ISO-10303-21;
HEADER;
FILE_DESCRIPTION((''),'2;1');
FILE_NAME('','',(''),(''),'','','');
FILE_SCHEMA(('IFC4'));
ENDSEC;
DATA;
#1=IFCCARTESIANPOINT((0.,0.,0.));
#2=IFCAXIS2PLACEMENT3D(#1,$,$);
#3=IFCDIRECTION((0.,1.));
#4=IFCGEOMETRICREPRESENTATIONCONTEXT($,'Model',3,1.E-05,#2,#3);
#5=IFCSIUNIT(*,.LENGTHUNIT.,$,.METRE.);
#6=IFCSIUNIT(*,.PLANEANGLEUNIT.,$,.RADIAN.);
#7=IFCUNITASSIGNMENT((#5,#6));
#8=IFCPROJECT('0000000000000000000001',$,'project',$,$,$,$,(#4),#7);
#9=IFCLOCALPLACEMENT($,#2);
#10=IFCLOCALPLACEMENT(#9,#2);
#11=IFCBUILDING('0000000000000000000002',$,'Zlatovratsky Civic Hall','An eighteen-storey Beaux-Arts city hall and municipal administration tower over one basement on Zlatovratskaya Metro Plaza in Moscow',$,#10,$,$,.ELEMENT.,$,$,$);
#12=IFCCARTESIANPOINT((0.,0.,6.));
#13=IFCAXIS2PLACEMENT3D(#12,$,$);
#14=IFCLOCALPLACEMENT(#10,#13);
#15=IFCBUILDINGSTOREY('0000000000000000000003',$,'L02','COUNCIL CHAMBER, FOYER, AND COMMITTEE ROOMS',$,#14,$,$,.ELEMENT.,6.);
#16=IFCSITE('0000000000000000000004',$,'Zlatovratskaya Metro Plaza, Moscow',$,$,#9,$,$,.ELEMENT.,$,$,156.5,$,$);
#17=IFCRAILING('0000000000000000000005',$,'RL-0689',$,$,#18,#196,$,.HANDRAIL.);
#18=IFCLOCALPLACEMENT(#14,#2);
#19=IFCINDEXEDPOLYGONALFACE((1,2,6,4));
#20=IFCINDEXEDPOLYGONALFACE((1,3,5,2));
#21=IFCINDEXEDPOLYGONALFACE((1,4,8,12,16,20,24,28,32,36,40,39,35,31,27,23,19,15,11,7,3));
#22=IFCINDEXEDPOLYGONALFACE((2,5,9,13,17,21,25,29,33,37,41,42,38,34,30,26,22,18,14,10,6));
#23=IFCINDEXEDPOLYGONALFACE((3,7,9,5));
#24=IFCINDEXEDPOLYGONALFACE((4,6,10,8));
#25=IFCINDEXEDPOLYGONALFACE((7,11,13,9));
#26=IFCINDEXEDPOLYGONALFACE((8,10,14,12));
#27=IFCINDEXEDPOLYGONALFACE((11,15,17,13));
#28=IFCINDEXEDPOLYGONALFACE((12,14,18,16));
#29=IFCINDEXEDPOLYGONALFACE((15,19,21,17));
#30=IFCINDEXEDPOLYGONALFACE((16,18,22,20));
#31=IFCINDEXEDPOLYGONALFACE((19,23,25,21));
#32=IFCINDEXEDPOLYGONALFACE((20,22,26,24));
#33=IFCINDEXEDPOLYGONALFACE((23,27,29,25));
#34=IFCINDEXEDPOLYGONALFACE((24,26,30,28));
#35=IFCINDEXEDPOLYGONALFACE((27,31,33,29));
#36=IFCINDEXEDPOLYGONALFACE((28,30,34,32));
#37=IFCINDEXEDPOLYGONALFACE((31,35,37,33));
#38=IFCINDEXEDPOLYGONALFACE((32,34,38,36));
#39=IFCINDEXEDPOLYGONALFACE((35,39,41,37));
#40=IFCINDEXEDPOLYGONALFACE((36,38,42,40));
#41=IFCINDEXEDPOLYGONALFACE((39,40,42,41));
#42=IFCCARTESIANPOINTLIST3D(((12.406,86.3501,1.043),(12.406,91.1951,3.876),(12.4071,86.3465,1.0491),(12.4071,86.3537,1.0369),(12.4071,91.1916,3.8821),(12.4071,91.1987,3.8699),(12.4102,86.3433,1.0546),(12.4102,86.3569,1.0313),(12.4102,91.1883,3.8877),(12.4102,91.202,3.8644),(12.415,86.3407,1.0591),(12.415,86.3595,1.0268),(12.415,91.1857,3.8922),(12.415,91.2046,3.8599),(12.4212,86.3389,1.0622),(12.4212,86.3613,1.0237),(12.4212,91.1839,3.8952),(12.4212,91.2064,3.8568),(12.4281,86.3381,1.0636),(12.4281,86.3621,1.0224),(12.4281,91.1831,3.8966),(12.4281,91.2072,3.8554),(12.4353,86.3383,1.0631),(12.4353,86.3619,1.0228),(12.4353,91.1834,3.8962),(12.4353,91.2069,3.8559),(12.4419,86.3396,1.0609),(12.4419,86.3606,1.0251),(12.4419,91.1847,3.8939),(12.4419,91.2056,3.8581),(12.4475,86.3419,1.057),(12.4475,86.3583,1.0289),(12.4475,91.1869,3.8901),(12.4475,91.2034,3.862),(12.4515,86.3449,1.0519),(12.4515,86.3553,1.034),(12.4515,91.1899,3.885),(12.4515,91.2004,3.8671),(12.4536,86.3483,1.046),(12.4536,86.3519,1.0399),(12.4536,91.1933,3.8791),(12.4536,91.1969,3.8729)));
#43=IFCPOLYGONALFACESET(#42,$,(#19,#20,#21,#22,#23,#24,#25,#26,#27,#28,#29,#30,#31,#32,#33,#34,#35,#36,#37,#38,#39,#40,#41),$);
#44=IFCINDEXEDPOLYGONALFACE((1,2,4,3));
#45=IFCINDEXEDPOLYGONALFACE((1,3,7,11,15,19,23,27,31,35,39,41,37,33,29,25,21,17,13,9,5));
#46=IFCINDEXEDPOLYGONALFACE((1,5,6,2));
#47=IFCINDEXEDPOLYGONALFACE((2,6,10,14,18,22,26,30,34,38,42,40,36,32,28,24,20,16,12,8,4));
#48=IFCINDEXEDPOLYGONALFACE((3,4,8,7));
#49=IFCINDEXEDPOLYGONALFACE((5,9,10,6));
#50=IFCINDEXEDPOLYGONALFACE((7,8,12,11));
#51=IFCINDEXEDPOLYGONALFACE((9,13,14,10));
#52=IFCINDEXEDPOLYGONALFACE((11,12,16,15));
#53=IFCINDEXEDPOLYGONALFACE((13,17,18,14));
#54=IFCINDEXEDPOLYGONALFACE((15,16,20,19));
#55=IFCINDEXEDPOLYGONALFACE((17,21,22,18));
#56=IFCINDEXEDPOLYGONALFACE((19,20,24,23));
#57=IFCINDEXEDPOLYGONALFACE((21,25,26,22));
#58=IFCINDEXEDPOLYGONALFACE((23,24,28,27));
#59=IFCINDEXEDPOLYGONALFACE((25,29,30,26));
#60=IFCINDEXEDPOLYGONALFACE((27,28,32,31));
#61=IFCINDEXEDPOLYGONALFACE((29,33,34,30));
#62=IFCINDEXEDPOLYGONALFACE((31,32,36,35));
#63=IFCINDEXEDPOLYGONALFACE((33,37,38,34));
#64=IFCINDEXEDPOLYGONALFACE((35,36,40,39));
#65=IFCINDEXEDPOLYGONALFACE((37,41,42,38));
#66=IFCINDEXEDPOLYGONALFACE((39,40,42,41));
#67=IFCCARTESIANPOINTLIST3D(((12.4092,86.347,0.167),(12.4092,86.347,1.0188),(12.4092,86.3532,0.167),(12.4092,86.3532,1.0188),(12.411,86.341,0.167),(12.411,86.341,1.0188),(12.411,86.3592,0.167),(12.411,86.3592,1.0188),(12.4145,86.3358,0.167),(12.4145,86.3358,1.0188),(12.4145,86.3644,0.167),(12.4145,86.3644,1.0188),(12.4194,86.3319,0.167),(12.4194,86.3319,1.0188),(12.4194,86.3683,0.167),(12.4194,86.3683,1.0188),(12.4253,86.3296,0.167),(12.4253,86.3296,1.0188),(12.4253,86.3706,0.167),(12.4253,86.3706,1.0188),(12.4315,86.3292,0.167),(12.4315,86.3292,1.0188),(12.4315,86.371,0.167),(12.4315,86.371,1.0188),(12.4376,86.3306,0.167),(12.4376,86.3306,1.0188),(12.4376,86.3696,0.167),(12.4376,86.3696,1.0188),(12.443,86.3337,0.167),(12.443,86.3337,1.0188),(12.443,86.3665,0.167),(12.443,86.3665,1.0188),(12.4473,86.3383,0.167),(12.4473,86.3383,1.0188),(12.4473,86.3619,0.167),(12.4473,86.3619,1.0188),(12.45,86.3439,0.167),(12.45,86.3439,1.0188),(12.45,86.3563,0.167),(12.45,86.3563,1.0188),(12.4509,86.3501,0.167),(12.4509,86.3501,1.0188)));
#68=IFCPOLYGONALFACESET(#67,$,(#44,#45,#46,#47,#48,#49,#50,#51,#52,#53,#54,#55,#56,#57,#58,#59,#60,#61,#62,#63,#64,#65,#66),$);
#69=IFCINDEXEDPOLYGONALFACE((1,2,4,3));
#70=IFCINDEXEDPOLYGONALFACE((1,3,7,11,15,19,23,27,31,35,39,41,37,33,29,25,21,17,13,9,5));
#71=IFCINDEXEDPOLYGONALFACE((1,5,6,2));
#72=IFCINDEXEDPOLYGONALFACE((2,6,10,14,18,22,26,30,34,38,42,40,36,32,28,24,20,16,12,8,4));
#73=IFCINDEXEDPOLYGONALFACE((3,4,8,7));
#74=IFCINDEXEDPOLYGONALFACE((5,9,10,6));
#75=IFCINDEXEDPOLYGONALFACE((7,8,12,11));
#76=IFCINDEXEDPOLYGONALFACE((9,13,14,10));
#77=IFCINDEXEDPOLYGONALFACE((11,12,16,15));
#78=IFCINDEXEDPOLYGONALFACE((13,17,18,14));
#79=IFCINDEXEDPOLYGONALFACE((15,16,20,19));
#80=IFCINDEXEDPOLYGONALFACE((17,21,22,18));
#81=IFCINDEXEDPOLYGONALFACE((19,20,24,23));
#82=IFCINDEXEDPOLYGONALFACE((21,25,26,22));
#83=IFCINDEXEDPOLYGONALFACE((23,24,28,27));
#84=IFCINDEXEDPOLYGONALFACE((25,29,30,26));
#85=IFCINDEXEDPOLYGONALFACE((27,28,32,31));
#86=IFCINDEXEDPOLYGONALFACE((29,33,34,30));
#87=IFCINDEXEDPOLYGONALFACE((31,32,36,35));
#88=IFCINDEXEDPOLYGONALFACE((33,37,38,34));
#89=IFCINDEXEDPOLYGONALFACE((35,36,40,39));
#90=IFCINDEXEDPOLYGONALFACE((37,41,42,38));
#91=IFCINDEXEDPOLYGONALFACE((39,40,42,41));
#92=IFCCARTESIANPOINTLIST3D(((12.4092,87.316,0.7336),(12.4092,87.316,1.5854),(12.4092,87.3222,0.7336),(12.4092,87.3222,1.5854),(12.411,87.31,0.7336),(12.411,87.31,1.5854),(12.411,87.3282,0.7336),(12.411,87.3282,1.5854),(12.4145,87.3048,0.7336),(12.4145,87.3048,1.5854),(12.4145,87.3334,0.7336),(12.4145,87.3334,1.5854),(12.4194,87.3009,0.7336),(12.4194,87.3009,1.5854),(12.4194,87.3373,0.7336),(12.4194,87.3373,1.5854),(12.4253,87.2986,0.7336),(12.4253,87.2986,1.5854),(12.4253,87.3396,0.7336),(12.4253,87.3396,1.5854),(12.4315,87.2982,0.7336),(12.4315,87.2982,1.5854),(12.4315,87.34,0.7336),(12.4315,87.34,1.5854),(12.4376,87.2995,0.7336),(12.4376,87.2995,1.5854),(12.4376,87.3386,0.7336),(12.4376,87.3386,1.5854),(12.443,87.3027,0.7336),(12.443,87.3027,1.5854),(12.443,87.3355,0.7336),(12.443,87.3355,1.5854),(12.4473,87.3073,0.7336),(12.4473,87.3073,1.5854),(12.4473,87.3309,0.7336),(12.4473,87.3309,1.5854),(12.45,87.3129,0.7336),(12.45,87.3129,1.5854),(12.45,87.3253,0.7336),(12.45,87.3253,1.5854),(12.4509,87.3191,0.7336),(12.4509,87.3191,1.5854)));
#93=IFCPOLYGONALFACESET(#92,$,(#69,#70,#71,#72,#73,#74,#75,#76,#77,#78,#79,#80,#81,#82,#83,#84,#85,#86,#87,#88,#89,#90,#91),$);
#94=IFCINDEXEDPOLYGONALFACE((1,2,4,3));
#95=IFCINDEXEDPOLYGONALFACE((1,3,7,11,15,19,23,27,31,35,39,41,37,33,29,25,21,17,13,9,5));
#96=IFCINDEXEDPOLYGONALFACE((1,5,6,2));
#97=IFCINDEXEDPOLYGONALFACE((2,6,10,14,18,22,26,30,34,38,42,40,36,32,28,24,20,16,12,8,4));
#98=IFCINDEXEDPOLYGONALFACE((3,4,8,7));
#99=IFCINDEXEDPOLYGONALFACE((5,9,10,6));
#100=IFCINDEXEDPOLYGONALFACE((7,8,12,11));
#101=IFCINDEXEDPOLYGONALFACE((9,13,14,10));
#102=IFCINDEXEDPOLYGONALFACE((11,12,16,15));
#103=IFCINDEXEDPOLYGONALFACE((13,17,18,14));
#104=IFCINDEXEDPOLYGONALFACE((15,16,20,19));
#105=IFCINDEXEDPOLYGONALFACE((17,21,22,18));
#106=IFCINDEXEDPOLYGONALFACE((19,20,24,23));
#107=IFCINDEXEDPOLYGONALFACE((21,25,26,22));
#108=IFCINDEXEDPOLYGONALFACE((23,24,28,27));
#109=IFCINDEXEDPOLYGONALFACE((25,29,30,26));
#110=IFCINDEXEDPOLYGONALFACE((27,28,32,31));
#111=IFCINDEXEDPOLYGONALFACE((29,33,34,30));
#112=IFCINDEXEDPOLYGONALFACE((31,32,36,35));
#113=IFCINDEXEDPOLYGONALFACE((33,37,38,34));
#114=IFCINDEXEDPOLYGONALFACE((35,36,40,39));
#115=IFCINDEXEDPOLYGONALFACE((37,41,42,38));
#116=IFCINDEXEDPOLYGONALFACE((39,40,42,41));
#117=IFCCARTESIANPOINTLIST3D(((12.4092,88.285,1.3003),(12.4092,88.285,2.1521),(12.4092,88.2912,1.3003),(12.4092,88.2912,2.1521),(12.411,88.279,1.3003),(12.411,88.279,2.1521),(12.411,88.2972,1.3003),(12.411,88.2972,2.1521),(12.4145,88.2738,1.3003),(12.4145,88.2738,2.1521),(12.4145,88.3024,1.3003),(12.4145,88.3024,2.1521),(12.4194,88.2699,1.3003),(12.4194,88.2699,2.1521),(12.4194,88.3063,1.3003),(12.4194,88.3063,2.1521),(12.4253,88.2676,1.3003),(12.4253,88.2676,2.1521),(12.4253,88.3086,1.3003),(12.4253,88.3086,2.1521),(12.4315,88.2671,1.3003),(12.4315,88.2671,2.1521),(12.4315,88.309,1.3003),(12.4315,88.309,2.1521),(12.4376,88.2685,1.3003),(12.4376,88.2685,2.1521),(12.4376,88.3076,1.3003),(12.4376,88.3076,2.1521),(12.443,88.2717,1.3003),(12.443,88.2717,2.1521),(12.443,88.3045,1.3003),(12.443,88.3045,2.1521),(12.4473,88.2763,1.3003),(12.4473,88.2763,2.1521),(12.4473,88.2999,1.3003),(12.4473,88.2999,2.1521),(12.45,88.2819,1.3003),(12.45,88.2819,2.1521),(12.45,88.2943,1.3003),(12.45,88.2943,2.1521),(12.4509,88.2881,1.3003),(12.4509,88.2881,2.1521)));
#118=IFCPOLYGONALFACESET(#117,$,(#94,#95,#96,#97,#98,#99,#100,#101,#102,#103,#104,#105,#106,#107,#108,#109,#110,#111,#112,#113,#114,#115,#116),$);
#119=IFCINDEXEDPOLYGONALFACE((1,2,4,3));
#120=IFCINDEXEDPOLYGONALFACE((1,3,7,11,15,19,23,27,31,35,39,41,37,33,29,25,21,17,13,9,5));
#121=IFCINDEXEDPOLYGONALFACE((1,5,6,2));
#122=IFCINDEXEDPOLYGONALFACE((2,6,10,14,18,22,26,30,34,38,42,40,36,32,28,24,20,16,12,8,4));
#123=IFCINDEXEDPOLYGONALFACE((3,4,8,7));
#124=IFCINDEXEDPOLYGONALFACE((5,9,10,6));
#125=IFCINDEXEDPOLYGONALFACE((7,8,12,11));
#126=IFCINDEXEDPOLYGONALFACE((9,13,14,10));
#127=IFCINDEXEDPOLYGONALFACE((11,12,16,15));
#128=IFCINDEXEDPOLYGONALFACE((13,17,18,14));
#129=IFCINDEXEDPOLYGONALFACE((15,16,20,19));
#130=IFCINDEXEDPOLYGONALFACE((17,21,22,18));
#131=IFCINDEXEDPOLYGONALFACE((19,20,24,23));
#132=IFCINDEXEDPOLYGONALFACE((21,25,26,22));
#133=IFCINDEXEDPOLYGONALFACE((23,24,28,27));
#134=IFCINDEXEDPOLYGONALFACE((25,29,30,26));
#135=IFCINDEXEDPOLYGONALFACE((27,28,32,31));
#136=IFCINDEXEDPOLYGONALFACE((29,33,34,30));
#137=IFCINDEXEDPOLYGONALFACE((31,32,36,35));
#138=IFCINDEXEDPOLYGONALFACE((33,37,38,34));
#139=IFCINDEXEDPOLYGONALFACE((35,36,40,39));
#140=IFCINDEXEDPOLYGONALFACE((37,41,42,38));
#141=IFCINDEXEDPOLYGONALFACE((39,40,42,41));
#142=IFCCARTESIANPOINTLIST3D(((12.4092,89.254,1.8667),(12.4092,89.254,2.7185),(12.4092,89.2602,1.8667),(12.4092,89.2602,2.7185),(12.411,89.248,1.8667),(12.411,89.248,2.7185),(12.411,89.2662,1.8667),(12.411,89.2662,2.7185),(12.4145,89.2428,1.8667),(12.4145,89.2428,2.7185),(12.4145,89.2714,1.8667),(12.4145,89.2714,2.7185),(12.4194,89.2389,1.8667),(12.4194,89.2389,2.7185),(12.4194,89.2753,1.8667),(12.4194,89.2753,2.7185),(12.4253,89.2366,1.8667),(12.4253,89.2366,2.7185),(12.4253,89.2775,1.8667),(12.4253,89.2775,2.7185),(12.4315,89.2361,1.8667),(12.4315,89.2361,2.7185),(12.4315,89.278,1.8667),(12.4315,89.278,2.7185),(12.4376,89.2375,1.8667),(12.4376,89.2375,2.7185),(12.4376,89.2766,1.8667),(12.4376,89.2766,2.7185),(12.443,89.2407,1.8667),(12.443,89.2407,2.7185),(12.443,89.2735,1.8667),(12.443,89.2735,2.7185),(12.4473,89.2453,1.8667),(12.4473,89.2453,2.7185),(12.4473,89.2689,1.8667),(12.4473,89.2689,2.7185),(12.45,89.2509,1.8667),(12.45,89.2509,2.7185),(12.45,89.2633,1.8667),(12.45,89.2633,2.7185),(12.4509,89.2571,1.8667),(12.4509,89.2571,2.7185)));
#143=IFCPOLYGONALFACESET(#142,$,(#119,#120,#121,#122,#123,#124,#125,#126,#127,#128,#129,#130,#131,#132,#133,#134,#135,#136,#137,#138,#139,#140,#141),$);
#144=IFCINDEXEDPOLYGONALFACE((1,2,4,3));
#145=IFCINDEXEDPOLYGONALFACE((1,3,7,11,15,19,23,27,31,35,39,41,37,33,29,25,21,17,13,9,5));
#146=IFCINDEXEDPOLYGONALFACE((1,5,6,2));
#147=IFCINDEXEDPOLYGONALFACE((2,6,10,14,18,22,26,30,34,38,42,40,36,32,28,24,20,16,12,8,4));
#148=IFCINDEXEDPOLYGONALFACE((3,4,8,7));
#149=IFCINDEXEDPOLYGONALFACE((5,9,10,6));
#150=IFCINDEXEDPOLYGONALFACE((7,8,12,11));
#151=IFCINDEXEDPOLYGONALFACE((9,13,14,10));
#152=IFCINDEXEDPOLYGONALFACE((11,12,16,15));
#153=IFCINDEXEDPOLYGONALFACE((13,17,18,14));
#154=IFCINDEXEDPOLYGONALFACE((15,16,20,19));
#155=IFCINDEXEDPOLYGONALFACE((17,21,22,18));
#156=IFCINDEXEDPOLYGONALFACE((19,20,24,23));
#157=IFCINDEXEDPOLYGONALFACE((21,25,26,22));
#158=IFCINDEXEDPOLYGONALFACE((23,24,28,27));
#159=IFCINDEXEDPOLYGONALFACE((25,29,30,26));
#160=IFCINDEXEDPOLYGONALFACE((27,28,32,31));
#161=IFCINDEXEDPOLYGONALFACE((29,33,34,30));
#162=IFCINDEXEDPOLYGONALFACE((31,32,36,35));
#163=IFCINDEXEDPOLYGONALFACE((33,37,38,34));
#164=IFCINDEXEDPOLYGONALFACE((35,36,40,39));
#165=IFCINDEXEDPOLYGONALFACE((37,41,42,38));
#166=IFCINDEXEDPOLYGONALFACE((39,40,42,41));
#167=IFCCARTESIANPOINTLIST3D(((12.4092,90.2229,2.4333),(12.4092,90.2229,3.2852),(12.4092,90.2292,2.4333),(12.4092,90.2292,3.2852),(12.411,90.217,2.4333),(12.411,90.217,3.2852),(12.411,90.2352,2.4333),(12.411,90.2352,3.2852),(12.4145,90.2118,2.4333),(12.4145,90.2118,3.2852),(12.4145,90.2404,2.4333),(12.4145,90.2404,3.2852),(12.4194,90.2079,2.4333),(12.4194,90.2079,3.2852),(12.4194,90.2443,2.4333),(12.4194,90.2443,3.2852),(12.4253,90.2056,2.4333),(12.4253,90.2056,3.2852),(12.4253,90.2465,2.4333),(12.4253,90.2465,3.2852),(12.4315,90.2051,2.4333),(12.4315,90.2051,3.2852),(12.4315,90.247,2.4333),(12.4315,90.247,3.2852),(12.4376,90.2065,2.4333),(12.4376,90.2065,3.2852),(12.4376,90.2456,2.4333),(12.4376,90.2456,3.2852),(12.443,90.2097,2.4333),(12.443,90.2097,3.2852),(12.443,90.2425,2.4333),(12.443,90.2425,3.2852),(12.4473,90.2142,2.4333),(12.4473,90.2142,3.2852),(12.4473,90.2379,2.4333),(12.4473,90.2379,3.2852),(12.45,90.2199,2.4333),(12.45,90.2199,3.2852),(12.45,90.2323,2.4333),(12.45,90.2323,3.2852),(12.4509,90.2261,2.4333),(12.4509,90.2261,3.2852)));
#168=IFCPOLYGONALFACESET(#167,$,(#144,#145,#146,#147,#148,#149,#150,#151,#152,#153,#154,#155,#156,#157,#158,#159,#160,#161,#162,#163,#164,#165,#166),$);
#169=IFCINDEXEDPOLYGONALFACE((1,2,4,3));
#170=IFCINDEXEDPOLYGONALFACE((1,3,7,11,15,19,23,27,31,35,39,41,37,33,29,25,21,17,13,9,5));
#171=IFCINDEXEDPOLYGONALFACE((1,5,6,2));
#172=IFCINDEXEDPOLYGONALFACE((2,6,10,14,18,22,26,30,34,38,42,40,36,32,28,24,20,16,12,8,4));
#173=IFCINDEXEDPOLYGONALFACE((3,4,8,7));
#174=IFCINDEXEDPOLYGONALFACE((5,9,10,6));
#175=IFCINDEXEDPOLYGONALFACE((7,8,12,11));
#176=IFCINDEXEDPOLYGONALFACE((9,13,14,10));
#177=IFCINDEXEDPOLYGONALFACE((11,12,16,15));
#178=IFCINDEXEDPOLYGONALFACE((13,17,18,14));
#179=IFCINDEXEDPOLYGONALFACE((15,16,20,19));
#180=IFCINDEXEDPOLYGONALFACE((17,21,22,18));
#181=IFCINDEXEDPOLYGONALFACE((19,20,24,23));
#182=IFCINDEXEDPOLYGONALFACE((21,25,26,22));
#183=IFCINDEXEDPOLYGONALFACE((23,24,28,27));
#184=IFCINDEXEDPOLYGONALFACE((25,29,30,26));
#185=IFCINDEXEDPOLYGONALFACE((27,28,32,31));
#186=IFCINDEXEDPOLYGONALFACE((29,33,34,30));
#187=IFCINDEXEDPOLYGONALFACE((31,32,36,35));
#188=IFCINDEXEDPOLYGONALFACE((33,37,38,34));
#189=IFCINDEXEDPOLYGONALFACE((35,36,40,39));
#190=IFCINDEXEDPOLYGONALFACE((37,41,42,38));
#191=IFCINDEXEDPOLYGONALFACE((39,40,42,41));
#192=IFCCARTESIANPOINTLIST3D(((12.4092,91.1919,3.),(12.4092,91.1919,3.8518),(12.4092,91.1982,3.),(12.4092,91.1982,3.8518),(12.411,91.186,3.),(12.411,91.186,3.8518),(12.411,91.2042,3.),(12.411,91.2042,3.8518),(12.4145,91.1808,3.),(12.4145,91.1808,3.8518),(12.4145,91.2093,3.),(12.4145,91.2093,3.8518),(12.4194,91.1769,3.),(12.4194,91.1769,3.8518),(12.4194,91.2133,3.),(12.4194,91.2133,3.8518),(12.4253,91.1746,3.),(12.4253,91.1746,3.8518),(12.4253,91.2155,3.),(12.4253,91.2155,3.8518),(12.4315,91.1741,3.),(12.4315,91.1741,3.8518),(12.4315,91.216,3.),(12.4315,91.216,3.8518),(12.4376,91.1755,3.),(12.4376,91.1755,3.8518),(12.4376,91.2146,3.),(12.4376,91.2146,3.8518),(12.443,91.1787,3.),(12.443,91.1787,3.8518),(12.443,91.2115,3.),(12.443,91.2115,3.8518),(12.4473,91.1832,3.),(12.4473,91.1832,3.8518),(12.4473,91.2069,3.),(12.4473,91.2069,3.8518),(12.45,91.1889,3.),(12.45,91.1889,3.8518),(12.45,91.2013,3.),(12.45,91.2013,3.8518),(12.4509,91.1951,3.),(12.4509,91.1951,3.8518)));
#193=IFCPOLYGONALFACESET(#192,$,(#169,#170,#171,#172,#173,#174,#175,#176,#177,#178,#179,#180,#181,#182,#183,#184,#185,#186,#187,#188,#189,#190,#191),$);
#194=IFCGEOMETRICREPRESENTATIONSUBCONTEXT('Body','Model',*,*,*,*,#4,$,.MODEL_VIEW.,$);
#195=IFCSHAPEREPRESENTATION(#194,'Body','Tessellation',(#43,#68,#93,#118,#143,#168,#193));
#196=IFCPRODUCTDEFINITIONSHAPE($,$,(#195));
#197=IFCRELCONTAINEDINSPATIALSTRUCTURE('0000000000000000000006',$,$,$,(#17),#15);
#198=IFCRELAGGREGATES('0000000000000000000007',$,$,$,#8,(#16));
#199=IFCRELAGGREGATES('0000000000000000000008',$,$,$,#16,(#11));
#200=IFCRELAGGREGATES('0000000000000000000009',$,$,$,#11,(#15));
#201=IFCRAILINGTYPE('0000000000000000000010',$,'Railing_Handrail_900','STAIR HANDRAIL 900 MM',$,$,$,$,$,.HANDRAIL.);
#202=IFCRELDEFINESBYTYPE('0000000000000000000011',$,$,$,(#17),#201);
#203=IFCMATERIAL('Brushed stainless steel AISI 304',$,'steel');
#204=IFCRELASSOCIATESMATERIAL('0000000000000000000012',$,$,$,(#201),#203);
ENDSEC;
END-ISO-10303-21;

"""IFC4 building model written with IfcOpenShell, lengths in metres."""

from ifc_helpers import new_model, si_unit, direction, frame, origin, origin_2d, place, context, subcontext, project, spatial, circle, extrude, material, type_object, element, save


model = new_model("IFC4")

# Units and contexts
model_context = context("Model", 3, precision=1e-05, world=origin(), true_north=direction((0.0, 1.0)))
body_context = subcontext(model_context, "Body", "Model", "MODEL_VIEW")
ifc_project = project(units=[si_unit("LENGTHUNIT", "METRE"), si_unit("PLANEANGLEUNIT", "RADIAN")], contexts=[model_context])

# Site, building, storey
site_placement = place(None, origin())
site = spatial("IfcSite", under=ifc_project, at=site_placement, Name="Zlatovratskaya Metro Plaza, Moscow", CompositionType="ELEMENT", RefElevation=156.5)
building_placement = place(site_placement, origin())
building = spatial("IfcBuilding", under=site, at=building_placement, Name="Zlatovratsky Civic Hall", Description="An eighteen-storey Beaux-Arts city hall and municipal administration tower over one basement on Zlatovratskaya Metro Plaza in Moscow", CompositionType="ELEMENT")
storey_placement = place(building_placement, frame((0.0, 0.0, 6.0)))
storey = spatial("IfcBuildingStorey", under=building, at=storey_placement, Name="L02", Description="COUNCIL CHAMBER, FOYER, AND COMMITTEE ROOMS", CompositionType="ELEMENT", Elevation=6.0)

# Railing
ifc_material_1 = material(Name="Brushed stainless steel AISI 304", Category="steel")
railing_type_1 = type_object("IfcRailingType", Name="Railing_Handrail_900", Description="STAIR HANDRAIL 900 MM", PredefinedType="HANDRAIL", material=ifc_material_1)
railing_1_placement = place(storey_placement, frame((12.4299, 86.3501, 0.167)))
element("IfcRailing", 1, at=railing_1_placement, inside=storey, type_object=railing_type_1, Name="RL-0689", PredefinedType="HANDRAIL", context=body_context, shape_type="SweptSolid", body=[
    extrude(circle(Radius=0.0239, at=origin_2d()), frame((0.0, 0.0, 0.876), z_axis=(0.0, 0.863253, 0.504771), x_axis=(-1.0, 0.0, 0.0)), (0.0, 0.0, 1.0), 5.6125),
    extrude(circle(Radius=0.021, at=origin_2d()), origin(), (0.0, 0.0, 1.0), 0.8518),
    extrude(circle(Radius=0.021, at=origin_2d()), frame((0.0, 0.969, 0.5667)), (0.0, 0.0, 1.0), 0.8518),
    extrude(circle(Radius=0.021, at=origin_2d()), frame((0.0, 1.938, 1.1333)), (0.0, 0.0, 1.0), 0.8518),
    extrude(circle(Radius=0.021, at=origin_2d()), frame((0.0, 2.907, 1.6997)), (0.0, 0.0, 1.0), 0.8518),
    extrude(circle(Radius=0.021, at=origin_2d()), frame((0.0, 3.876, 2.2664)), (0.0, 0.0, 1.0), 0.8518),
    extrude(circle(Radius=0.021, at=origin_2d()), frame((0.0, 4.845, 2.833)), (0.0, 0.0, 1.0), 0.8518),
])

save(model, "model.ifc")
